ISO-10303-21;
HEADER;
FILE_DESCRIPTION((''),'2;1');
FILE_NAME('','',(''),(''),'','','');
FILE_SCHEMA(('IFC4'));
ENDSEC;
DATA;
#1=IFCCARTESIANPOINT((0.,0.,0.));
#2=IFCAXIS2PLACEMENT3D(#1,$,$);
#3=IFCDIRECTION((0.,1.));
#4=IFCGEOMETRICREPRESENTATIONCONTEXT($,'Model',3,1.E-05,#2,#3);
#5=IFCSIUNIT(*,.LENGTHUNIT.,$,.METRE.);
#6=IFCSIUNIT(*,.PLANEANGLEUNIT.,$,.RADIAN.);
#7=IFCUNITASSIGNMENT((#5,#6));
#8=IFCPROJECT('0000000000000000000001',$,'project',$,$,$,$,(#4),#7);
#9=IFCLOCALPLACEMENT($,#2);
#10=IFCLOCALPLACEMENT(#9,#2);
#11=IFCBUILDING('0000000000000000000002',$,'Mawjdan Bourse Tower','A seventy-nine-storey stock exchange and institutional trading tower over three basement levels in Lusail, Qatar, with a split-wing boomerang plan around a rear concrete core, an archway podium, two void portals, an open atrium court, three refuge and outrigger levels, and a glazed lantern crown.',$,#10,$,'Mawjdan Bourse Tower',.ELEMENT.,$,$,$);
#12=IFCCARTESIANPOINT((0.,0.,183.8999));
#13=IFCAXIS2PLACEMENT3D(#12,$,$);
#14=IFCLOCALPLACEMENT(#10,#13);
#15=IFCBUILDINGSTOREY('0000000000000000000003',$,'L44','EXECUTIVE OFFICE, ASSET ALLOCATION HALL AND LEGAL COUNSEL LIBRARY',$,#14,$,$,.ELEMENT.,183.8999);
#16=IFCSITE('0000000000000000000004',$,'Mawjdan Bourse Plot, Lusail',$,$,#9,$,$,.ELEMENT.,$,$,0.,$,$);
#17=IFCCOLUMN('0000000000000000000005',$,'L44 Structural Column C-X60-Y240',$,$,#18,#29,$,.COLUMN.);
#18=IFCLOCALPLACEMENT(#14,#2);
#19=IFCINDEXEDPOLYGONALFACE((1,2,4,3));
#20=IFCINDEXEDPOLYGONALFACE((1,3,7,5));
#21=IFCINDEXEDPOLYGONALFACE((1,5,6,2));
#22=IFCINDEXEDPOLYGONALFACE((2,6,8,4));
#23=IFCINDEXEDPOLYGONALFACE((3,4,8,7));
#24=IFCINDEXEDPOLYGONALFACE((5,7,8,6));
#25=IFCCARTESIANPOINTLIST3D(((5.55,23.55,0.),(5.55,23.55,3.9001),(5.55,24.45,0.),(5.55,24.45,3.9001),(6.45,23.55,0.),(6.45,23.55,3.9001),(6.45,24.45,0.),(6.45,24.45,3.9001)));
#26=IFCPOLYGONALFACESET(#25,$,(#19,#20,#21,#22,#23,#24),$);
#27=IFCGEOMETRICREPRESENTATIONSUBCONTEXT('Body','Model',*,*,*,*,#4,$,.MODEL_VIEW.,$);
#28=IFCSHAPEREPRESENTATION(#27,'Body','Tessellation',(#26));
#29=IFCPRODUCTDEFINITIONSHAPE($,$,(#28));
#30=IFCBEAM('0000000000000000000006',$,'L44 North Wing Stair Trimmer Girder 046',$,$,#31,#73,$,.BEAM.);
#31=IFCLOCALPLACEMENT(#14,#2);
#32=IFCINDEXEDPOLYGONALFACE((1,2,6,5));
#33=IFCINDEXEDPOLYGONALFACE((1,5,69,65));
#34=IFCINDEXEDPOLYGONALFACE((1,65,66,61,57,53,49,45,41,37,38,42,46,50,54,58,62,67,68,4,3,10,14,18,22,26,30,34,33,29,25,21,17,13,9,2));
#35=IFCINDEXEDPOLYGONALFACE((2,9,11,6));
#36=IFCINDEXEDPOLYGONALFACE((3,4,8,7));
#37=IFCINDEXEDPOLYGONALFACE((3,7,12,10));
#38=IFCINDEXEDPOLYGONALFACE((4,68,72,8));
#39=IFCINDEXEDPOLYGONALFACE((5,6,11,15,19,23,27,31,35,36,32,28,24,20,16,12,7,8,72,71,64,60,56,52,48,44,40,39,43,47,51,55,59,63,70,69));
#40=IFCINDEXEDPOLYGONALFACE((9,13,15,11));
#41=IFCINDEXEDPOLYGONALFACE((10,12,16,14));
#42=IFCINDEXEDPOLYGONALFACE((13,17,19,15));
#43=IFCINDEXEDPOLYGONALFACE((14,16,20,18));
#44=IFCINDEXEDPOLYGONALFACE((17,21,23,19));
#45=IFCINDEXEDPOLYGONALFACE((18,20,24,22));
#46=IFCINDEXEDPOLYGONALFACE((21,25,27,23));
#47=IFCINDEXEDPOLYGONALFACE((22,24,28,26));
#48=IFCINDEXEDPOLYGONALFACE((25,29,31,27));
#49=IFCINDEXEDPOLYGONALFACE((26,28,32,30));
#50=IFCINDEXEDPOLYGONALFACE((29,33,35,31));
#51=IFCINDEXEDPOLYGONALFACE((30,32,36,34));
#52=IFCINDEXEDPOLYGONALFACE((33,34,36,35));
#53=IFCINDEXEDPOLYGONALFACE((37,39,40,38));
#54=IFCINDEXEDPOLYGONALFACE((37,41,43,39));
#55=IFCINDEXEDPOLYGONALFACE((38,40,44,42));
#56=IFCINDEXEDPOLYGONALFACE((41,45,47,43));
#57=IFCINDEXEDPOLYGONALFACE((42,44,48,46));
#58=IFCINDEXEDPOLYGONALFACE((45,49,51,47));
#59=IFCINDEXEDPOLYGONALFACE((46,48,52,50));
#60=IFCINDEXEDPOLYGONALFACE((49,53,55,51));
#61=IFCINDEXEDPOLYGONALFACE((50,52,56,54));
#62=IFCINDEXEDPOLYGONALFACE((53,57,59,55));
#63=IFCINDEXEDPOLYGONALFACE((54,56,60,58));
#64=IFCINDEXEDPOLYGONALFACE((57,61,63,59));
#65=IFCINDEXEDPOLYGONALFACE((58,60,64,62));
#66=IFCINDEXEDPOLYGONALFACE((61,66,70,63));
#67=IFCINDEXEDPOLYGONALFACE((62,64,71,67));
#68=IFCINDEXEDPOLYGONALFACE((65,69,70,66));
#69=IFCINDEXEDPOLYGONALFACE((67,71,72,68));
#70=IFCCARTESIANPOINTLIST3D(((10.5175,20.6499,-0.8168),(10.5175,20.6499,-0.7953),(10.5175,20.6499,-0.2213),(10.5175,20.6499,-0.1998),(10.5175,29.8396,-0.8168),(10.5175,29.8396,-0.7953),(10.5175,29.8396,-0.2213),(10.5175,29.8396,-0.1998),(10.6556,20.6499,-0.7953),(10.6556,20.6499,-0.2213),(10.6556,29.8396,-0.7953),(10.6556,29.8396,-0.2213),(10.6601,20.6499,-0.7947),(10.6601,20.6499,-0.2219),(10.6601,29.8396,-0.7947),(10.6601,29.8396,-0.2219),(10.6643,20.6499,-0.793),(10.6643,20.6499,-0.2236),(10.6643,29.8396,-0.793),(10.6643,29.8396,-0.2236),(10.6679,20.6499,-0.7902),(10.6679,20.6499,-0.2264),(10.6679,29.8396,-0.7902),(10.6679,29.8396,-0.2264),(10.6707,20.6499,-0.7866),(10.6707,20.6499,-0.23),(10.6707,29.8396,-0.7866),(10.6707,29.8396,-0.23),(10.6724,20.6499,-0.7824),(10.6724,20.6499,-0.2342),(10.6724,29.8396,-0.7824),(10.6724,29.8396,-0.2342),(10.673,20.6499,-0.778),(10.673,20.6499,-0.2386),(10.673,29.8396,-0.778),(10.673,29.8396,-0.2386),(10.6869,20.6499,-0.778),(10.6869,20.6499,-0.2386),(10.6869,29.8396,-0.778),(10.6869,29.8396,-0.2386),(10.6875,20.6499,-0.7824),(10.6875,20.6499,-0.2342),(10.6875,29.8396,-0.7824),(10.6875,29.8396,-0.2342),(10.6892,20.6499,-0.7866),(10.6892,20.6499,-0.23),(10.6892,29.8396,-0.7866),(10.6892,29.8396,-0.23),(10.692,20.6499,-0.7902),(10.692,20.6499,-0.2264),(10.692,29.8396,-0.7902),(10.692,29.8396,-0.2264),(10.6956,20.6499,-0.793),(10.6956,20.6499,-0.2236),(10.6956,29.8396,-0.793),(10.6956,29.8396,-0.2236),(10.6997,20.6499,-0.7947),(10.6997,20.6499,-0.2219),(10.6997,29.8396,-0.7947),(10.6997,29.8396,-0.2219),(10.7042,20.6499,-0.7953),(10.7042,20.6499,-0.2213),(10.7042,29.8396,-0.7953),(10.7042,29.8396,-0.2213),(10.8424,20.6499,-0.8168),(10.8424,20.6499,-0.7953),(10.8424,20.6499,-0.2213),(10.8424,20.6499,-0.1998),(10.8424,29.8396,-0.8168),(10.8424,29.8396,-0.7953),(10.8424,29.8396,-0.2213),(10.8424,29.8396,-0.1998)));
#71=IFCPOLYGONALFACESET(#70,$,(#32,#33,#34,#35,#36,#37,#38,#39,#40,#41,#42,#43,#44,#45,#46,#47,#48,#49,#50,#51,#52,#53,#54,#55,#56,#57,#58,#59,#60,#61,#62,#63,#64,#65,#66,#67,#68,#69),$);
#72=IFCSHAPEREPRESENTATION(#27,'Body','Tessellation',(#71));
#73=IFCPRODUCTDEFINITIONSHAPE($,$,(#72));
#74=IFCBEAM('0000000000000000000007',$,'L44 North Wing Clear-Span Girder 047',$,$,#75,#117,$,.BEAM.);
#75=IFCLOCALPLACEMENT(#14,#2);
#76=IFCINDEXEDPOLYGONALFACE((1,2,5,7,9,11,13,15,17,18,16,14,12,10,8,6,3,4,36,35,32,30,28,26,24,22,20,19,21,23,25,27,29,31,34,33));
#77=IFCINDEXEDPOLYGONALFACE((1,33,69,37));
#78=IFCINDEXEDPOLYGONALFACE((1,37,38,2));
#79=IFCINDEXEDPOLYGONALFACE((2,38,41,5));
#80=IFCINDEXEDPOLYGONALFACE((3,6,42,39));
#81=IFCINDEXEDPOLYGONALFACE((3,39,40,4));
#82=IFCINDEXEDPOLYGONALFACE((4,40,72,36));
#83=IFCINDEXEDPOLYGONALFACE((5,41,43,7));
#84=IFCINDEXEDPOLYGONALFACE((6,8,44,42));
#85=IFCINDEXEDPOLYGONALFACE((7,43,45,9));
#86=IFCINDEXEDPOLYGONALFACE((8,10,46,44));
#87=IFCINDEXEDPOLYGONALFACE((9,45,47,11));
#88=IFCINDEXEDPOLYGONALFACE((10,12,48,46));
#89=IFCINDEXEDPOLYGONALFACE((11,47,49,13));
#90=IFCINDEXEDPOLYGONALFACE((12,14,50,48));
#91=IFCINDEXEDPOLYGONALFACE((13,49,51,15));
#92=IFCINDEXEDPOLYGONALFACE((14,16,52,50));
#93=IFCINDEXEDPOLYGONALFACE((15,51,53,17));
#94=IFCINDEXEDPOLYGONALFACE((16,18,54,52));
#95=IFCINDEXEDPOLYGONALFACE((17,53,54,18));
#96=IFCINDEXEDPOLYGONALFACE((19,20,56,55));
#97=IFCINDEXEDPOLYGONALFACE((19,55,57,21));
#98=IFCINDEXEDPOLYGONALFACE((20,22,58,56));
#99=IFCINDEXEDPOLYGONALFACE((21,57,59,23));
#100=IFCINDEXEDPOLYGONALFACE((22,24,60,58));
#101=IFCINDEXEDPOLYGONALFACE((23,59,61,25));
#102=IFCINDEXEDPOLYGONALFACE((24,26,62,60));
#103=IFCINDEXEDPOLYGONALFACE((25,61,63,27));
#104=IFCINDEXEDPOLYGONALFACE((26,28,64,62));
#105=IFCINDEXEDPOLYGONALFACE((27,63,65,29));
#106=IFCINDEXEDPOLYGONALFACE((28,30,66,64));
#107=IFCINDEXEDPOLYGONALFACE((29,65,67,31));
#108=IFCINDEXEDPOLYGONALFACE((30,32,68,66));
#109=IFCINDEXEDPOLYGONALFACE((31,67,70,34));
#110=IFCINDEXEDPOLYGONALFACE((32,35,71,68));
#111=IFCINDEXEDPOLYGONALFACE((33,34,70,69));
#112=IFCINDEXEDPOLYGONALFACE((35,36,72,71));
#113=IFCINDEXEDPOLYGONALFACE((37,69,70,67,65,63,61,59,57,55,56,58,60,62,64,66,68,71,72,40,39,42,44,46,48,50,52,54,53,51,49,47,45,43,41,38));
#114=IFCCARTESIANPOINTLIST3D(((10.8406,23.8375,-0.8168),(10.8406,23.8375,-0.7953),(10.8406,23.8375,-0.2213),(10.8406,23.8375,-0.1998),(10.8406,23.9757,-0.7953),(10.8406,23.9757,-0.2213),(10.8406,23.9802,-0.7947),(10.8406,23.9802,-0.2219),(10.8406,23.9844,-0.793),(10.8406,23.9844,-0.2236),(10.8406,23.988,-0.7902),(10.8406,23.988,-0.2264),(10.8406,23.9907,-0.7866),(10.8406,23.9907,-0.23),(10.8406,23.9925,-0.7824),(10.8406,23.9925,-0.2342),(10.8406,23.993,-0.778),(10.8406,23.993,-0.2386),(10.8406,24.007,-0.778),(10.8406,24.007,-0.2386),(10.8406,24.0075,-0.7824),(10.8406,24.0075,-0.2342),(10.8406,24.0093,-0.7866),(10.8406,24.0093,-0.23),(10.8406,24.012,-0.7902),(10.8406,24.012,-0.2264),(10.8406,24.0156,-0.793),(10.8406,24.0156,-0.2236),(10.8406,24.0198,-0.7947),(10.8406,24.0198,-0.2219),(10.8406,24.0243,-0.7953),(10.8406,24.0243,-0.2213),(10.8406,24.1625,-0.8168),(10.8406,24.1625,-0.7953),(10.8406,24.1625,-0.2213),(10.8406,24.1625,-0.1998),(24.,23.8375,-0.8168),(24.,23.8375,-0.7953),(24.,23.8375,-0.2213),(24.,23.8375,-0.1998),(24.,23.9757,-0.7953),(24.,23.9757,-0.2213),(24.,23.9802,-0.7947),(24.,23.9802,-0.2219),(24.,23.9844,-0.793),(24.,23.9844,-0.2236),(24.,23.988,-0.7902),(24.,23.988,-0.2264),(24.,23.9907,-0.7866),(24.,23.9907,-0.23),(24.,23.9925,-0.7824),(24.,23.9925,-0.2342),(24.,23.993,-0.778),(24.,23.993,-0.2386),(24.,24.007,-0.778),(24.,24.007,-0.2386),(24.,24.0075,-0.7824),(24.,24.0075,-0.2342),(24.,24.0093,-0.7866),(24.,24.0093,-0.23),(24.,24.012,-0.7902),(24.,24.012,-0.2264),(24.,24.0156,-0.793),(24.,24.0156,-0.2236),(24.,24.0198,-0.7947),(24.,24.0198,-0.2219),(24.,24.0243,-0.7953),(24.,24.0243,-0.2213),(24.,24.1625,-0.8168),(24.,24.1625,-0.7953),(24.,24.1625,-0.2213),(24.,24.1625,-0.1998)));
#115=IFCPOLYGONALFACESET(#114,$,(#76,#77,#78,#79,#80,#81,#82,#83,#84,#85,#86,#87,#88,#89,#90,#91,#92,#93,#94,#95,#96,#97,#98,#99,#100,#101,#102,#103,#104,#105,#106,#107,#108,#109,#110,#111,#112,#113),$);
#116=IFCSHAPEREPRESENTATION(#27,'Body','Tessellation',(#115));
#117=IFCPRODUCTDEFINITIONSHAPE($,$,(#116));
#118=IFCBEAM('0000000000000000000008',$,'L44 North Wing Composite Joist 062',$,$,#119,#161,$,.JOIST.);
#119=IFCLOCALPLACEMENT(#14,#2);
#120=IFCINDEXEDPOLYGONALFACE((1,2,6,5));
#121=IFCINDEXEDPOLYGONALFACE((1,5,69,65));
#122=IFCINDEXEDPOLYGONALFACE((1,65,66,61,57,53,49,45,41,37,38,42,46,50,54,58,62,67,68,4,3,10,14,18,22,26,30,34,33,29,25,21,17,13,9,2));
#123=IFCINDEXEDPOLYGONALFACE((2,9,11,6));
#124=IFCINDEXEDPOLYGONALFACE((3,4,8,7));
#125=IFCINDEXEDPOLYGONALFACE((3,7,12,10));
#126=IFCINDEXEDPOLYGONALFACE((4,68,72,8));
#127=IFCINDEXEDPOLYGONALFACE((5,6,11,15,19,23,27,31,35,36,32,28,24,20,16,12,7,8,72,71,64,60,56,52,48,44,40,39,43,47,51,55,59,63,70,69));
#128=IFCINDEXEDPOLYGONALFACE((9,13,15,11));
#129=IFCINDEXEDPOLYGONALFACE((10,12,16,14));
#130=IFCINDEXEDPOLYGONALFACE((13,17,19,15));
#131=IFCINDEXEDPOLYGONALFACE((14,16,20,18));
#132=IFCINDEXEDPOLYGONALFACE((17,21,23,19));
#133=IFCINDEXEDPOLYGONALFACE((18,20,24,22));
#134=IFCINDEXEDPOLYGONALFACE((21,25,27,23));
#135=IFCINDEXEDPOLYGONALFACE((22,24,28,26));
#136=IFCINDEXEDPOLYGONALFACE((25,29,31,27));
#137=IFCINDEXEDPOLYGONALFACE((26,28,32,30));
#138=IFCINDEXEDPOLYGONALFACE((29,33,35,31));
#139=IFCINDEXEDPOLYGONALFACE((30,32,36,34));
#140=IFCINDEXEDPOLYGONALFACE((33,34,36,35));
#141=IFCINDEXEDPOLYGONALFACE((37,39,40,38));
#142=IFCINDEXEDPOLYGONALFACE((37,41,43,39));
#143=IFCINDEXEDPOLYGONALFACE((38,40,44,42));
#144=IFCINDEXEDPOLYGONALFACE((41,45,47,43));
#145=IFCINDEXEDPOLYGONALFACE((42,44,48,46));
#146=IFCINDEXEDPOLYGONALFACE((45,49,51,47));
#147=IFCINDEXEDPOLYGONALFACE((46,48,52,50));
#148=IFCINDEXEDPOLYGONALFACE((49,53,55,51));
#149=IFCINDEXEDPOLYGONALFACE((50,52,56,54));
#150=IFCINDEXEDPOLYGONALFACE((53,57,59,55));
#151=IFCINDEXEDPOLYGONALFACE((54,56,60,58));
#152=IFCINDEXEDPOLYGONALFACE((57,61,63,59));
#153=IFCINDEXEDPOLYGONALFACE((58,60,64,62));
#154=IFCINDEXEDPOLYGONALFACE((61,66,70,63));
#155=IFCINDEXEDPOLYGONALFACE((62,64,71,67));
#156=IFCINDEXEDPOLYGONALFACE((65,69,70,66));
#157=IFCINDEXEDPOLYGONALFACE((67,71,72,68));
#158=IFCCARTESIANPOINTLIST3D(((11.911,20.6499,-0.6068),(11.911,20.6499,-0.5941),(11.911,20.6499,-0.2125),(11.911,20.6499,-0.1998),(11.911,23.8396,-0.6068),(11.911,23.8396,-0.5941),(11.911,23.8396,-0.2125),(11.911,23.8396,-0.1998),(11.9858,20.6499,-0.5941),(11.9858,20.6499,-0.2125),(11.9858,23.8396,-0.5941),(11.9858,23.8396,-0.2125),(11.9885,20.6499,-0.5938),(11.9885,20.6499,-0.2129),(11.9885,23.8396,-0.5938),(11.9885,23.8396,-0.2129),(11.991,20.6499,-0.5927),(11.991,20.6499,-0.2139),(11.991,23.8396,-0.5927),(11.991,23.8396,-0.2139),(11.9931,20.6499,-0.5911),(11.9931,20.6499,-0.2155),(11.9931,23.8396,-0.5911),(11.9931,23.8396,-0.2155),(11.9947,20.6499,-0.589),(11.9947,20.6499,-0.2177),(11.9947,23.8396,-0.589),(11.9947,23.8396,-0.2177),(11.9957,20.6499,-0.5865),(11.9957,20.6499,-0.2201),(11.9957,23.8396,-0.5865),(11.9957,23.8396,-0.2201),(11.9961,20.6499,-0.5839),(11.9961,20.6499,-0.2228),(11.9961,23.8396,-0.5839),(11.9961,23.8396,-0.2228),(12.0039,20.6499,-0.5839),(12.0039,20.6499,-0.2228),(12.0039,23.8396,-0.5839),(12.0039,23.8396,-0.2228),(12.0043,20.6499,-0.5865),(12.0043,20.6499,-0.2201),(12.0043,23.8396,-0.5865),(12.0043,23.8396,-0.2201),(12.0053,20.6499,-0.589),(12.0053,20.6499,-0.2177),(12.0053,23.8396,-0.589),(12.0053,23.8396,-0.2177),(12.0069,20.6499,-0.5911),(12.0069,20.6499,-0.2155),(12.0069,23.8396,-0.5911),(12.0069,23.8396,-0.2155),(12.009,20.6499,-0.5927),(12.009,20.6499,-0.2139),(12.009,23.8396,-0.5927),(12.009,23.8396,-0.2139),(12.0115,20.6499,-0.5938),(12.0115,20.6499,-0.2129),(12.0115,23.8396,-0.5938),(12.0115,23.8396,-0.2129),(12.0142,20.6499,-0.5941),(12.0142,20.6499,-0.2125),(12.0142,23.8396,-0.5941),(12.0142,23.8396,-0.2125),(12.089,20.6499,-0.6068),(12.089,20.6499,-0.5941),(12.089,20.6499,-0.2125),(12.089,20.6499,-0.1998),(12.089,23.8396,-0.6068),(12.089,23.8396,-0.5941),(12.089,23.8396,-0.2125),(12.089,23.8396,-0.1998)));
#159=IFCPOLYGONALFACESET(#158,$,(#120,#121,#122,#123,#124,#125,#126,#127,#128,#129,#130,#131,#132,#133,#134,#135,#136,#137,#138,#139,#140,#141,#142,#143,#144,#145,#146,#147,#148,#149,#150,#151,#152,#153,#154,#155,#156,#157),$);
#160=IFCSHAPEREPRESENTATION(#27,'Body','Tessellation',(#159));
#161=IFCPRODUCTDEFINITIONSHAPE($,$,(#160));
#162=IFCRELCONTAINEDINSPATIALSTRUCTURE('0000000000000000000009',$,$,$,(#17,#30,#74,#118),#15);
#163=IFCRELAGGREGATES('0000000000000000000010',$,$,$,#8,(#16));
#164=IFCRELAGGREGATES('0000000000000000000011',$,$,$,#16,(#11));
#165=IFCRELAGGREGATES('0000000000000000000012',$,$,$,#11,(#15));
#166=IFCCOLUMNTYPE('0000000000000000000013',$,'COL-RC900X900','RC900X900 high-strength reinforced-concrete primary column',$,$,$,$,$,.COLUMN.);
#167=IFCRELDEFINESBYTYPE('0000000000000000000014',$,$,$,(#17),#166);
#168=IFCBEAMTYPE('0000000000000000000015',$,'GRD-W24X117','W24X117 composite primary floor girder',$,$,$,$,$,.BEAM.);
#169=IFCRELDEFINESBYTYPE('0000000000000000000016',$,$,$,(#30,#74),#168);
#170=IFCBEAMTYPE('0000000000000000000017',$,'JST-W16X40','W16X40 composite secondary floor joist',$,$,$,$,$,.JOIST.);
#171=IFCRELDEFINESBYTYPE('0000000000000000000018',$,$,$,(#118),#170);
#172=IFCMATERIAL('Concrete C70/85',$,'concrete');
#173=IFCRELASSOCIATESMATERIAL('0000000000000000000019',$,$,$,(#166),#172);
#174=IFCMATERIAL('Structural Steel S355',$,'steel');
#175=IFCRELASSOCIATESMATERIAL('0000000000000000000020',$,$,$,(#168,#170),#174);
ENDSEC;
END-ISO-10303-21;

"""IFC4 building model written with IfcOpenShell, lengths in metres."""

from ifc_helpers import new_model, si_unit, direction, frame, origin, origin_2d, place, context, subcontext, project, spatial, rectangle, i_section, extrude, material, material_profile, profile_set, type_object, element, save


model = new_model("IFC4")

# Units and contexts
model_context = context("Model", 3, precision=1e-05, world=origin(), true_north=direction((0.0, 1.0)))
body_context = subcontext(model_context, "Body", "Model", "MODEL_VIEW")
ifc_project = project(units=[si_unit("LENGTHUNIT", "METRE"), si_unit("PLANEANGLEUNIT", "RADIAN")], contexts=[model_context])

# Site, building, storey
site_placement = place(None, origin())
site = spatial("IfcSite", under=ifc_project, at=site_placement, Name="Mawjdan Bourse Plot, Lusail", CompositionType="ELEMENT", RefElevation=0.0)
building_placement = place(site_placement, origin())
building = spatial("IfcBuilding", under=site, at=building_placement, Name="Mawjdan Bourse Tower", Description="A seventy-nine-storey stock exchange and institutional trading tower over three basement levels in Lusail, Qatar, with a split-wing boomerang plan around a rear concrete core, an archway podium, two void portals, an open atrium court, three refuge and outrigger levels, and a glazed lantern crown.", LongName="Mawjdan Bourse Tower", CompositionType="ELEMENT")
storey_placement = place(building_placement, frame((0.0, 0.0, 183.8999)))
storey = spatial("IfcBuildingStorey", under=building, at=storey_placement, Name="L44", Description="EXECUTIVE OFFICE, ASSET ALLOCATION HALL AND LEGAL COUNSEL LIBRARY", CompositionType="ELEMENT", Elevation=183.8999)

# Column
ifc_material_1 = material(Name="Concrete C70/85", Category="concrete")
ifc_material_profile_1 = material_profile(ifc_material_1, rectangle(XDim=0.8999, YDim=0.8999, at=origin_2d()), Name="RC900X900")
ifc_profile_set_1 = profile_set([ifc_material_profile_1], Name="Concrete C70/85")
column_type = type_object("IfcColumnType", Name="COL-RC900X900", Description="RC900X900 high-strength reinforced-concrete primary column", PredefinedType="COLUMN", material=ifc_profile_set_1)
column_placement = place(storey_placement, frame((6.0, 24.0, 0.0), z_axis=(0.0, 0.0, 1.0), x_axis=(1.0, 0.0, 0.0)))
element("IfcColumn", 1, at=column_placement, inside=storey, type_object=column_type, Name="L44 Structural Column C-X60-Y240", PredefinedType="COLUMN", context=body_context, shape_type="SweptSolid", body=[
    extrude(rectangle(XDim=0.8999, YDim=0.8999, at=origin_2d()), origin(), (0.0, 0.0, 1.0), 3.9001),
])

# Beams
ifc_material_2 = material(Name="Structural Steel S355", Category="steel")
ifc_material_profile_2 = material_profile(ifc_material_2, i_section(OverallWidth=0.325, OverallDepth=0.6169, WebThickness=0.0139, FlangeThickness=0.0215, FilletRadius=0.0173, at=origin_2d()), Name="W24X117")
ifc_profile_set_2 = profile_set([ifc_material_profile_2], Name="Structural Steel S355")
beam_type_1 = type_object("IfcBeamType", Name="GRD-W24X117", Description="W24X117 composite primary floor girder", PredefinedType="BEAM", material=ifc_profile_set_2)
beam_1_placement = place(storey_placement, frame((10.6799, 20.6499, -0.5083), z_axis=(0.0, 1.0, 0.0), x_axis=(-1.0, 0.0, 0.0)))
element("IfcBeam", 2, at=beam_1_placement, inside=storey, type_object=beam_type_1, Name="L44 North Wing Stair Trimmer Girder 046", PredefinedType="BEAM", context=body_context, shape_type="SweptSolid", body=[
    extrude(i_section(OverallWidth=0.325, OverallDepth=0.6169, WebThickness=0.0139, FlangeThickness=0.0215, FilletRadius=0.0173, at=origin_2d()), origin(), (0.0, 0.0, 1.0), 9.1897),
])
beam_2_placement = place(storey_placement, frame((10.8406, 24.0, -0.5083), z_axis=(1.0, 0.0, 0.0), x_axis=(0.0, 1.0, 0.0)))
element("IfcBeam", 3, at=beam_2_placement, inside=storey, type_object=beam_type_1, Name="L44 North Wing Clear-Span Girder 047", PredefinedType="BEAM", context=body_context, shape_type="SweptSolid", body=[
    extrude(i_section(OverallWidth=0.325, OverallDepth=0.6169, WebThickness=0.0139, FlangeThickness=0.0215, FilletRadius=0.0173, at=origin_2d()), origin(), (0.0, 0.0, 1.0), 13.1594),
])
ifc_material_profile_3 = material_profile(ifc_material_2, i_section(OverallWidth=0.178, OverallDepth=0.407, WebThickness=0.0078, FlangeThickness=0.0127, FilletRadius=0.0103, at=origin_2d()), Name="W16X40")
ifc_profile_set_3 = profile_set([ifc_material_profile_3], Name="Structural Steel S355")
beam_type_2 = type_object("IfcBeamType", Name="JST-W16X40", Description="W16X40 composite secondary floor joist", PredefinedType="JOIST", material=ifc_profile_set_3)
beam_3_placement = place(storey_placement, frame((12.0, 20.6499, -0.4033), z_axis=(0.0, 1.0, 0.0), x_axis=(-1.0, 0.0, 0.0)))
element("IfcBeam", 4, at=beam_3_placement, inside=storey, type_object=beam_type_2, Name="L44 North Wing Composite Joist 062", PredefinedType="JOIST", context=body_context, shape_type="SweptSolid", body=[
    extrude(i_section(OverallWidth=0.178, OverallDepth=0.407, WebThickness=0.0078, FlangeThickness=0.0127, FilletRadius=0.0103, at=origin_2d()), origin(), (0.0, 0.0, 1.0), 3.1897),
])

save(model, "model.ifc")
